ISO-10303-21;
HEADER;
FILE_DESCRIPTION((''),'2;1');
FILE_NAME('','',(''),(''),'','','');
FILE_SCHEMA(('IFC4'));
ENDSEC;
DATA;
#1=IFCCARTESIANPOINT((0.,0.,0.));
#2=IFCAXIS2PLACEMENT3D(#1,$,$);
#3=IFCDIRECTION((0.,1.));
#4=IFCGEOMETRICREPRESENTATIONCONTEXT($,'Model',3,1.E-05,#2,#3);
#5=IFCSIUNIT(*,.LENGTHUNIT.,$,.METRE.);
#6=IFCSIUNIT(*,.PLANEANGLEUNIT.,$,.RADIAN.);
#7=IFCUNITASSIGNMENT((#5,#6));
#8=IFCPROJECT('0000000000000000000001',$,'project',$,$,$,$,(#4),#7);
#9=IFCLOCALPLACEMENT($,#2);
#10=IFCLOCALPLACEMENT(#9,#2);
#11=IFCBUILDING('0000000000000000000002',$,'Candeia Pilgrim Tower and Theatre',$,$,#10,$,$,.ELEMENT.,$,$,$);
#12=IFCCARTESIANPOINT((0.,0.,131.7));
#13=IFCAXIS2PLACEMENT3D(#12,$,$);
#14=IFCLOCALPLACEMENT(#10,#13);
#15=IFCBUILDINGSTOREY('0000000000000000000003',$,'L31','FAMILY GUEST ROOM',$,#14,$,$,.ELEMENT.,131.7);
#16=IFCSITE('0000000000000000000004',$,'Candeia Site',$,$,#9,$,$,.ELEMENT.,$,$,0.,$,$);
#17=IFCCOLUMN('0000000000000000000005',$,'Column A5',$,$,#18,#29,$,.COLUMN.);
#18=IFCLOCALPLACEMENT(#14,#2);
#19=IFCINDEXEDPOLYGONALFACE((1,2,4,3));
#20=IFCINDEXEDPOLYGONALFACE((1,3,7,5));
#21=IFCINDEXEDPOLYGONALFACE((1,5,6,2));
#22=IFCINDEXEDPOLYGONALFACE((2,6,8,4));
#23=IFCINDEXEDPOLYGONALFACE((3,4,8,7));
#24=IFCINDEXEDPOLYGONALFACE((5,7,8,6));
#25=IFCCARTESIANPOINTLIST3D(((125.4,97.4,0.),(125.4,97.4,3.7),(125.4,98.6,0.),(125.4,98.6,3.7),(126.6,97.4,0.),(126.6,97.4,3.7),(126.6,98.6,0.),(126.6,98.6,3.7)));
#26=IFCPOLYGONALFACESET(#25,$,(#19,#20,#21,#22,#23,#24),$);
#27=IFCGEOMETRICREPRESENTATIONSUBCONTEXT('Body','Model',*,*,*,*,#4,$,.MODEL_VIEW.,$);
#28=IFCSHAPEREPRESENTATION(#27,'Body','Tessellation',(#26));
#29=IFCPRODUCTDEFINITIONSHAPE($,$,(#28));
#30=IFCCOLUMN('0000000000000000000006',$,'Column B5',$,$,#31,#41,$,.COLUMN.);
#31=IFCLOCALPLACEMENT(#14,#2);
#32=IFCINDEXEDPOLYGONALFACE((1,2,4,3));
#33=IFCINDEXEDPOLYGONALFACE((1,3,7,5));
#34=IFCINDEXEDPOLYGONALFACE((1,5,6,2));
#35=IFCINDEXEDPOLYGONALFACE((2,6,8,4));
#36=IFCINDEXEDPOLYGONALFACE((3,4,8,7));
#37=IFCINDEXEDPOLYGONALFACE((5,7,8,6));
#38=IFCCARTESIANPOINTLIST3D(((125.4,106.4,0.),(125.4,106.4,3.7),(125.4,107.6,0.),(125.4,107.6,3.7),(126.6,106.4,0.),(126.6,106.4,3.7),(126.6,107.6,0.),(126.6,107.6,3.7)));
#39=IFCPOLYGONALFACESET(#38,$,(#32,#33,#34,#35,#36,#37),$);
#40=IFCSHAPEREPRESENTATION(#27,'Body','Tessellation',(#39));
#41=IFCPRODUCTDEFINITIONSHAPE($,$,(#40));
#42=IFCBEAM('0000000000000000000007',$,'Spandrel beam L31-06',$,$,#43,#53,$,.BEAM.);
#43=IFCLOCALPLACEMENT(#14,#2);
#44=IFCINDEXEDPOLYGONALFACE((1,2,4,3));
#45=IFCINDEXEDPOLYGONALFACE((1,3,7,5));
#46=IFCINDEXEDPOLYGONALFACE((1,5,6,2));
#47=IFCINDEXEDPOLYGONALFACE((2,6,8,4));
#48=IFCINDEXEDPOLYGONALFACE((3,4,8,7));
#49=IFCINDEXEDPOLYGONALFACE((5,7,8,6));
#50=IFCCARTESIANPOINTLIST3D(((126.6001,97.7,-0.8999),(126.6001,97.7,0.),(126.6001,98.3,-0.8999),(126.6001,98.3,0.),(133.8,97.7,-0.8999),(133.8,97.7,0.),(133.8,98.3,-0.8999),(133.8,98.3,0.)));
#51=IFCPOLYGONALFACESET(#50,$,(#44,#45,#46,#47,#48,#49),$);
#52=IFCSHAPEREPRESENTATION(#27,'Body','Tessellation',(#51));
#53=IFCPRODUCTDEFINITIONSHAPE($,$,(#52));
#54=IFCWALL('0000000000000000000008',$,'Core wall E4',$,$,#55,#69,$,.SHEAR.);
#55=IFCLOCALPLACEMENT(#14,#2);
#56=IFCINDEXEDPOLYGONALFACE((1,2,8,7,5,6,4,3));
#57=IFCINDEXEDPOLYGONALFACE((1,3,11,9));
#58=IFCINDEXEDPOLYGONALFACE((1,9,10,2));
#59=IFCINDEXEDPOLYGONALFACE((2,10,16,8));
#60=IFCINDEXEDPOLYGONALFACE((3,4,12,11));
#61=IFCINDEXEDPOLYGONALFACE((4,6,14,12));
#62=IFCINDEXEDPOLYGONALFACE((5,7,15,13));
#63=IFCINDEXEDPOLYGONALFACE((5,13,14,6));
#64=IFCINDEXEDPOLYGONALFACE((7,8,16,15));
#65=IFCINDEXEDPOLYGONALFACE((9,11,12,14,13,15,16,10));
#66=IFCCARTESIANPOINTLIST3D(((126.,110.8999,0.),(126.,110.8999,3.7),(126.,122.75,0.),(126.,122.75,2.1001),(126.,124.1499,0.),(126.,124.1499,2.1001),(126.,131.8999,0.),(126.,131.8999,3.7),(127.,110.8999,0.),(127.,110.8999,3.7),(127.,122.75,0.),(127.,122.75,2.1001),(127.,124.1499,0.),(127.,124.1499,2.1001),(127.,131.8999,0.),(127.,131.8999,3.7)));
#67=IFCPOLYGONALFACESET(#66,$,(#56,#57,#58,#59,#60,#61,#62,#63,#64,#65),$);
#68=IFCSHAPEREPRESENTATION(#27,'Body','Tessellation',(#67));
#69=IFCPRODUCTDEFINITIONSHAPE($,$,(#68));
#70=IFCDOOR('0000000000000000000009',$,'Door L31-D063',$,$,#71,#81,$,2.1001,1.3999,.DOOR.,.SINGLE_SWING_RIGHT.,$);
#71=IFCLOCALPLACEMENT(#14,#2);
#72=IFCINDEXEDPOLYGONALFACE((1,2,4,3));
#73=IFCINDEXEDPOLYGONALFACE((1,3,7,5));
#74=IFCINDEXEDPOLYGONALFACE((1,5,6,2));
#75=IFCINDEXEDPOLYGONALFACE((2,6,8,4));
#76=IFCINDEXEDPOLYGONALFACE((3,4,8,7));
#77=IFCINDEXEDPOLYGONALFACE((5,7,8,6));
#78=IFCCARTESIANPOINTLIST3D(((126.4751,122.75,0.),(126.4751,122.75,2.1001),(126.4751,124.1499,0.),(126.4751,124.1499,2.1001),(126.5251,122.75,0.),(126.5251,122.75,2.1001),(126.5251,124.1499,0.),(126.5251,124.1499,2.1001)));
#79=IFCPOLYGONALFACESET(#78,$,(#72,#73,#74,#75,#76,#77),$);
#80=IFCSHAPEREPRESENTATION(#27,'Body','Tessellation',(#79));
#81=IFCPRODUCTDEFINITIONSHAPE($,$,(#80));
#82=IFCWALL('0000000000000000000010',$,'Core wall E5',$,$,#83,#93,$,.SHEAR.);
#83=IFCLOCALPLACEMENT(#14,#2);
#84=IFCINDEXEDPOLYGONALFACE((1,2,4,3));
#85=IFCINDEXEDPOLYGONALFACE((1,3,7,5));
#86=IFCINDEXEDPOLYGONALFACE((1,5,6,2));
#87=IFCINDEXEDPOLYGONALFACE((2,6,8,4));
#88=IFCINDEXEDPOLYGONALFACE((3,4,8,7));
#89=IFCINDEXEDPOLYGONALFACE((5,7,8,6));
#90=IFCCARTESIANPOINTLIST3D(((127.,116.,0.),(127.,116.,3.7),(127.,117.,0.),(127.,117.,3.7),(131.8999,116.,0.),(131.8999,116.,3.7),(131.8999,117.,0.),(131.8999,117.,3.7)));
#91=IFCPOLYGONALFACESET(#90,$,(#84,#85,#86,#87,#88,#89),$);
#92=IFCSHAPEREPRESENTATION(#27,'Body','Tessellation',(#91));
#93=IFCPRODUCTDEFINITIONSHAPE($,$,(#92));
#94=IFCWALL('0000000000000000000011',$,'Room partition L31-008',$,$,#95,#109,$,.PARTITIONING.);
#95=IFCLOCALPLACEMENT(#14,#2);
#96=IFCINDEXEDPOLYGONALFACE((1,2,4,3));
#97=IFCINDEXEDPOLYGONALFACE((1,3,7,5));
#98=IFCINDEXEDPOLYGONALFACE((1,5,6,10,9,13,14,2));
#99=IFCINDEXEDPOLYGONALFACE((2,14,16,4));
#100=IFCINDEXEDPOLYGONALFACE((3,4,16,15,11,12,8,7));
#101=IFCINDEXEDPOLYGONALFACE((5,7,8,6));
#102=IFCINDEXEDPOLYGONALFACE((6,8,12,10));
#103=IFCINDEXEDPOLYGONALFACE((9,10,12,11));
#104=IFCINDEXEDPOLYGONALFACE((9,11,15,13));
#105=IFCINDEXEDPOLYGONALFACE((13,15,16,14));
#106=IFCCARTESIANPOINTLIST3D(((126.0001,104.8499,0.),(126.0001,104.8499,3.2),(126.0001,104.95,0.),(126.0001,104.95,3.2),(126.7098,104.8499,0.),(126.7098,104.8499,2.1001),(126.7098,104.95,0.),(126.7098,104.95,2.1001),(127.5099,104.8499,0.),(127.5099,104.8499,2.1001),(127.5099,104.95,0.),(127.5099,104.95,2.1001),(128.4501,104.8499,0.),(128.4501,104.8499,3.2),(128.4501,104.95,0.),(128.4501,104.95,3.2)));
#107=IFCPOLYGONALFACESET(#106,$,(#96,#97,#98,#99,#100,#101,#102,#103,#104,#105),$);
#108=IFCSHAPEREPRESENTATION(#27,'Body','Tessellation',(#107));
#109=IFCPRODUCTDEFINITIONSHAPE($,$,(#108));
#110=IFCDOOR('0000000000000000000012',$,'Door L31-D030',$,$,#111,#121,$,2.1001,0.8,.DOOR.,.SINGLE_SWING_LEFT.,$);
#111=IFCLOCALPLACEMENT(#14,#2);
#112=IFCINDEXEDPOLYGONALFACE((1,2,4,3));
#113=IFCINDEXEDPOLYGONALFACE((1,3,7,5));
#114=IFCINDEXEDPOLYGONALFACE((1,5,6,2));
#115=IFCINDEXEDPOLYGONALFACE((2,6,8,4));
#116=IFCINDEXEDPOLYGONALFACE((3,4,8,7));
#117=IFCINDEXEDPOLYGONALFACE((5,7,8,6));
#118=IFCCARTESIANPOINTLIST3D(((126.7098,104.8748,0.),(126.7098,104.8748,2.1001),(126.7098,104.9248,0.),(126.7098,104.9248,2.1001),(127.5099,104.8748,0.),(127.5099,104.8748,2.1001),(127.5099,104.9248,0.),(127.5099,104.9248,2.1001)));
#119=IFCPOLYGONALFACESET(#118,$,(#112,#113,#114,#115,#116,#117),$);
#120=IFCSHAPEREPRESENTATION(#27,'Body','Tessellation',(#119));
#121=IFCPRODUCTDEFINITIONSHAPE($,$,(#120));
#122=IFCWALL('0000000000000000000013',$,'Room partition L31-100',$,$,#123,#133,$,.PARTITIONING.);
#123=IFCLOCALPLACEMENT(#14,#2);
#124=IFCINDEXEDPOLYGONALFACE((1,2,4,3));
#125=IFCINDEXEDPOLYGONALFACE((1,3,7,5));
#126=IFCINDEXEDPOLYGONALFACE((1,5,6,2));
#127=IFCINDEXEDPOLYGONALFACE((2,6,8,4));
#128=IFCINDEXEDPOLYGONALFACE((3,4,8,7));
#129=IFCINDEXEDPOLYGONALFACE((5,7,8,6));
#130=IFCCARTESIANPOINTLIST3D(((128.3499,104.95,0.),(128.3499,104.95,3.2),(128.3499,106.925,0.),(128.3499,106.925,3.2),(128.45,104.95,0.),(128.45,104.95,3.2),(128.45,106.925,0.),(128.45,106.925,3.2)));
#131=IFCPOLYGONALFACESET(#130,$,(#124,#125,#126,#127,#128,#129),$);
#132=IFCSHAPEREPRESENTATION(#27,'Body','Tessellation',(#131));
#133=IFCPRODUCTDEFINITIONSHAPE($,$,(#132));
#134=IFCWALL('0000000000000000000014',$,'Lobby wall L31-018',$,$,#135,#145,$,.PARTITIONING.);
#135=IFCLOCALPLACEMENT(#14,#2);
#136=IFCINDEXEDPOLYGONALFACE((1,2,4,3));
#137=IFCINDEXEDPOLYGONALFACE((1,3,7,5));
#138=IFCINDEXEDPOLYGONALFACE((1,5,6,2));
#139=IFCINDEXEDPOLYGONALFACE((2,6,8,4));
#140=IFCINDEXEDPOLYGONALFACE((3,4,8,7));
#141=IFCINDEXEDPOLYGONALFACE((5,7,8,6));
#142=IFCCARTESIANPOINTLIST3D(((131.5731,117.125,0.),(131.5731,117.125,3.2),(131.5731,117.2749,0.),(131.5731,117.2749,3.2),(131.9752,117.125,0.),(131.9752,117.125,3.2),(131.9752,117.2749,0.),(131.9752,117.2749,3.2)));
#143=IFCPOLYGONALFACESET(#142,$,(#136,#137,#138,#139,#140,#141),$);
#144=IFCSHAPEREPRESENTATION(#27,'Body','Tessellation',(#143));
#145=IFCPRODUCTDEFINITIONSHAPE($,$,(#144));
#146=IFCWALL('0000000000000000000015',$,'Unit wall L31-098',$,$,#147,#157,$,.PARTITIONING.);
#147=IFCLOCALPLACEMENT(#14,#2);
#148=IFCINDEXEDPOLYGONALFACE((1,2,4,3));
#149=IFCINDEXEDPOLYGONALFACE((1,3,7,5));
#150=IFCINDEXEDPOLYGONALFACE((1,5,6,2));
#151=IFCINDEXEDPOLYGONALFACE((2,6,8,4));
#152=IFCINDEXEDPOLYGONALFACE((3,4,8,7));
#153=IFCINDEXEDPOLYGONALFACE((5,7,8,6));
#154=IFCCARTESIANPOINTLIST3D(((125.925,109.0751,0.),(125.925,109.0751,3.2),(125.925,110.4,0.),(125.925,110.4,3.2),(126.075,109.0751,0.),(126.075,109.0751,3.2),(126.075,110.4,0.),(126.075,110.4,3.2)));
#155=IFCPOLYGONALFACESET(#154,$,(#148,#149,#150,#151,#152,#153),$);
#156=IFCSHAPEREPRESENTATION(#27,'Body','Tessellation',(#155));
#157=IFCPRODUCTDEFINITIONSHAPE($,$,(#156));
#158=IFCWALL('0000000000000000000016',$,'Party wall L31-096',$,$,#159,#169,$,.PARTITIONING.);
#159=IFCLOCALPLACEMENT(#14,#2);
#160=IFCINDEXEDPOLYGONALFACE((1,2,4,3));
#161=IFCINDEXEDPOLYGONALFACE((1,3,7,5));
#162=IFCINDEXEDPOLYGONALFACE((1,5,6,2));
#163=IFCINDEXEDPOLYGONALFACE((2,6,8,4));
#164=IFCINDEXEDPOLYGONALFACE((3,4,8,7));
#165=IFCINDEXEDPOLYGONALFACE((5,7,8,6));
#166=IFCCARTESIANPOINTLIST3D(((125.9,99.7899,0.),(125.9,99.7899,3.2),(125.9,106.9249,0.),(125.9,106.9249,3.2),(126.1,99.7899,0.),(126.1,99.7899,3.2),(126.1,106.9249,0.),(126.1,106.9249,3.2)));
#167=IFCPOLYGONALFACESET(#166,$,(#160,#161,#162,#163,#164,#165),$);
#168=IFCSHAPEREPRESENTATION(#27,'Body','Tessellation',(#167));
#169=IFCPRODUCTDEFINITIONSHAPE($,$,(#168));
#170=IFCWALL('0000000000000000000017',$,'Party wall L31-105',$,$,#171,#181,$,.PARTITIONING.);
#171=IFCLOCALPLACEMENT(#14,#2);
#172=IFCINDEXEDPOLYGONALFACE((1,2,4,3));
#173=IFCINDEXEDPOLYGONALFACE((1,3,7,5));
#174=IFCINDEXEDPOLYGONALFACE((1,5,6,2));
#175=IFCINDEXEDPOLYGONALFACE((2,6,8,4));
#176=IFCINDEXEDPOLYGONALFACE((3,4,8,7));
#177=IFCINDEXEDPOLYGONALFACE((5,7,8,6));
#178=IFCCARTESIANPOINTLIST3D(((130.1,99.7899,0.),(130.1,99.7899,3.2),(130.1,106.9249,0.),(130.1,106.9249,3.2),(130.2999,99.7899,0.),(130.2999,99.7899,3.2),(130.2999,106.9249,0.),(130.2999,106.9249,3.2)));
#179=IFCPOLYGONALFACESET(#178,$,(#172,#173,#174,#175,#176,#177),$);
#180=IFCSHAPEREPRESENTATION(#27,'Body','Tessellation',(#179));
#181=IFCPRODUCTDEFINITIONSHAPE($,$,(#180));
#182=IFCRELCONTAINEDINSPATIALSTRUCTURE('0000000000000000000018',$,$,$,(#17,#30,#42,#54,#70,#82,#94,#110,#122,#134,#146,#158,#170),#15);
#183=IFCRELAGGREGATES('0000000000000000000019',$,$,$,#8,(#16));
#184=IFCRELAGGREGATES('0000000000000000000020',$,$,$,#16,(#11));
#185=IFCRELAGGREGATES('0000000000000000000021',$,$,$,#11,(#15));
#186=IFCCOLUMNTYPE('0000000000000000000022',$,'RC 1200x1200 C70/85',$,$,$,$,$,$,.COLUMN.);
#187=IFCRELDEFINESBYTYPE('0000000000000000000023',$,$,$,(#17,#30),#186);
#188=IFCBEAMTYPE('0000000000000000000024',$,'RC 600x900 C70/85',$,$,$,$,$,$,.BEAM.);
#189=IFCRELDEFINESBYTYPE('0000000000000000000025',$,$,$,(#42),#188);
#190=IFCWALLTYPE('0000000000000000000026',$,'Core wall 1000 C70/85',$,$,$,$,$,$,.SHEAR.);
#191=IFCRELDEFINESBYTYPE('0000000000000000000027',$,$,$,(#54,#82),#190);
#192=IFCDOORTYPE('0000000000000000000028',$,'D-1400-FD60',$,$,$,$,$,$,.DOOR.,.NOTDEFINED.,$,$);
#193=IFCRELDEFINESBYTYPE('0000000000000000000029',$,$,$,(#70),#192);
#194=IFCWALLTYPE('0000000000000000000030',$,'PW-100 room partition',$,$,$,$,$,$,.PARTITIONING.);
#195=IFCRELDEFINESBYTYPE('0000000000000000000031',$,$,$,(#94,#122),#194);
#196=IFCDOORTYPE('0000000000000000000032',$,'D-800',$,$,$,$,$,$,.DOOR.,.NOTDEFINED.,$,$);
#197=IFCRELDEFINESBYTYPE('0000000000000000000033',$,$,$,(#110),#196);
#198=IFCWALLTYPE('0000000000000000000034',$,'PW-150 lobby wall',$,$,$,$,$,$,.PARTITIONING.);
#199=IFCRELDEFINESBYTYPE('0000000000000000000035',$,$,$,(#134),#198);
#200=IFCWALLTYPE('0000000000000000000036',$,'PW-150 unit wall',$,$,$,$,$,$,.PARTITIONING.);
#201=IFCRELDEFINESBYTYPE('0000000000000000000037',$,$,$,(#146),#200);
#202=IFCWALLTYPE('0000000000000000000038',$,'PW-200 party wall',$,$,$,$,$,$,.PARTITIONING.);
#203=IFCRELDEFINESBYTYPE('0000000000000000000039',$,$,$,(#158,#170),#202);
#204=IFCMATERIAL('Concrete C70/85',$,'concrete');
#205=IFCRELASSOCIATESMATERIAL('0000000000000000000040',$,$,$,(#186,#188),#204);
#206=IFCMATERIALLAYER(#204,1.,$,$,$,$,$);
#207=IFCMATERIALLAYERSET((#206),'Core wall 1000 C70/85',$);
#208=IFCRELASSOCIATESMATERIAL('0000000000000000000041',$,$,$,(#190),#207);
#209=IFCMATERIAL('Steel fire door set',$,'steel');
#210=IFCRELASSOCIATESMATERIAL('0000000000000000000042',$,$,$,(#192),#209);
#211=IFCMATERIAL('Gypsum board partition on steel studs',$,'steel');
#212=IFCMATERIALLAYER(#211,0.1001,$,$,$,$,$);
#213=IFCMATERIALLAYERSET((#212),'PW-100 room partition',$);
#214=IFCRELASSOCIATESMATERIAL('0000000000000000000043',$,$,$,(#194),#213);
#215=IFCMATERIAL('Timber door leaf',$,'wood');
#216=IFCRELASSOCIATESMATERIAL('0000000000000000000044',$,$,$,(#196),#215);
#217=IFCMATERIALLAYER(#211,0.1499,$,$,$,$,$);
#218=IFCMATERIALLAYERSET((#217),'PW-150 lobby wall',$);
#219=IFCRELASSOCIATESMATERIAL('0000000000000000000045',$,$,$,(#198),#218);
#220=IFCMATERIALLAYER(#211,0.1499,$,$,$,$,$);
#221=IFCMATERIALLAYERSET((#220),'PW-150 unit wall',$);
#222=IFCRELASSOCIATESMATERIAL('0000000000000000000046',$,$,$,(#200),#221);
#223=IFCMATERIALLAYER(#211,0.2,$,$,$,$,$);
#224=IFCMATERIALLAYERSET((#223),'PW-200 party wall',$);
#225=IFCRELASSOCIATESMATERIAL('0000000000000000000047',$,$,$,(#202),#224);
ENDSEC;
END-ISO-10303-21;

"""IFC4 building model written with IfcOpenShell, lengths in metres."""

from ifc_helpers import new_model, si_unit, direction, frame, frame_2d, origin, origin_2d, place, context, subcontext, project, spatial, rectangle, extrude, material, layer, layer_set, material_profile, profile_set, type_object, element, fill, save


model = new_model("IFC4")

# Units and contexts
model_context = context("Model", 3, precision=1e-05, world=origin(), true_north=direction((0.0, 1.0)))
body_context = subcontext(model_context, "Body", "Model", "MODEL_VIEW")
ifc_project = project(units=[si_unit("LENGTHUNIT", "METRE"), si_unit("PLANEANGLEUNIT", "RADIAN")], contexts=[model_context])

# Site, building, storey
site_placement = place(None, origin())
site = spatial("IfcSite", under=ifc_project, at=site_placement, Name="Candeia Site", CompositionType="ELEMENT", RefElevation=0.0)
building_placement = place(site_placement, origin())
building = spatial("IfcBuilding", under=site, at=building_placement, Name="Candeia Pilgrim Tower and Theatre", CompositionType="ELEMENT")
storey_placement = place(building_placement, frame((0.0, 0.0, 131.7)))
storey = spatial("IfcBuildingStorey", under=building, at=storey_placement, Name="L31", Description="FAMILY GUEST ROOM", CompositionType="ELEMENT", Elevation=131.7)

# Columns
ifc_material_1 = material(Name="Concrete C70/85", Category="concrete")
ifc_material_profile_1 = material_profile(ifc_material_1, rectangle(XDim=1.2, YDim=1.2, at=origin_2d()))
ifc_profile_set_1 = profile_set([ifc_material_profile_1], Name="Concrete C70/85")
column_type = type_object("IfcColumnType", Name="RC 1200x1200 C70/85", PredefinedType="COLUMN", material=ifc_profile_set_1)
for number, where, z_axis, x_axis, name in (
    (1, (126.0, 98.0, 0.0), (0.0, 0.0, 1.0), (1.0, 0.0, 0.0), "Column A5"),
    (2, (126.0, 107.0, 0.0), (0.0, 0.0, 1.0), (1.0, 0.0, 0.0), "Column B5"),
):
    element("IfcColumn", number, at=place(storey_placement, frame(where, z_axis=z_axis, x_axis=x_axis)), inside=storey, type_object=column_type, Name=name, PredefinedType="COLUMN", context=body_context, shape_type="SweptSolid", body=[
        extrude(rectangle(XDim=1.2, YDim=1.2, at=origin_2d()), origin(), (0.0, 0.0, 1.0), 3.7),
    ])

# Beam
ifc_material_profile_2 = material_profile(ifc_material_1, rectangle(XDim=0.6001, YDim=0.8999, at=origin_2d()))
ifc_profile_set_2 = profile_set([ifc_material_profile_2], Name="Concrete C70/85")
beam_type = type_object("IfcBeamType", Name="RC 600x900 C70/85", PredefinedType="BEAM", material=ifc_profile_set_2)
beam_placement = place(storey_placement, frame((126.6001, 98.0, -0.45), z_axis=(1.0, 0.0, 0.0), x_axis=(0.0, 1.0, 0.0)))
element("IfcBeam", 3, at=beam_placement, inside=storey, type_object=beam_type, Name="Spandrel beam L31-06", PredefinedType="BEAM", context=body_context, shape_type="SweptSolid", body=[
    extrude(rectangle(XDim=0.6001, YDim=0.8999, at=origin_2d()), origin(), (0.0, 0.0, 1.0), 7.2),
])

# Wall, opening, door
ifc_layer_1 = layer(ifc_material_1, 1.0)
ifc_layer_set_1 = layer_set([ifc_layer_1], Name="Core wall 1000 C70/85")
wall_type_1 = type_object("IfcWallType", Name="Core wall 1000 C70/85", PredefinedType="SHEAR", material=ifc_layer_set_1)
wall_1_placement = place(storey_placement, frame((126.5, 110.8999, 0.0), z_axis=(0.0, 0.0, 1.0), x_axis=(0.0, 1.0, 0.0)))
wall_1 = element("IfcWall", 4, at=wall_1_placement, inside=storey, type_object=wall_type_1, Name="Core wall E4", PredefinedType="SHEAR", context=body_context, shape_type="SweptSolid", body=[
    extrude(rectangle(XDim=21.0, YDim=1.0, at=frame_2d((10.5, 0.0))), origin(), (0.0, 0.0, 1.0), 3.7),
])
opening_1_placement = place(wall_1_placement, frame((11.8501, 0.0, 0.0)))
opening_1 = element("IfcOpeningElement", 5, at=opening_1_placement, cuts=wall_1, PredefinedType="OPENING", context=body_context, shape_type="SweptSolid", body=[
    extrude(rectangle(XDim=1.3999, YDim=2.1001, at=frame_2d((0.7, 1.05))), frame((0.0, 0.51, 0.0), z_axis=(0.0, -1.0, 0.0), x_axis=(1.0, 0.0, 0.0)), (0.0, 0.0, 1.0), 1.02),
])
ifc_material_2 = material(Name="Steel fire door set", Category="steel")
door_type_1 = type_object("IfcDoorType", Name="D-1400-FD60", OperationType="NOTDEFINED", PredefinedType="DOOR", material=ifc_material_2)
door_1_placement = place(opening_1_placement, origin())
door_1 = element("IfcDoor", 6, at=door_1_placement, inside=storey, type_object=door_type_1, Name="Door L31-D063", OperationType="SINGLE_SWING_RIGHT", OverallHeight=2.1001, OverallWidth=1.3999, PredefinedType="DOOR", context=body_context, shape_type="SweptSolid", body=[
    extrude(rectangle(XDim=1.3999, YDim=2.1001, at=frame_2d((0.7, 1.05))), frame((0.0, 0.0249, 0.0), z_axis=(0.0, -1.0, 0.0), x_axis=(1.0, 0.0, 0.0)), (0.0, 0.0, 1.0), 0.05),
])
fill(opening_1, door_1)

# Wall
wall_2_placement = place(storey_placement, frame((127.0, 116.5, 0.0), z_axis=(0.0, 0.0, 1.0), x_axis=(1.0, 0.0, 0.0)))
element("IfcWall", 7, at=wall_2_placement, inside=storey, type_object=wall_type_1, Name="Core wall E5", PredefinedType="SHEAR", context=body_context, shape_type="SweptSolid", body=[
    extrude(rectangle(XDim=4.8999, YDim=1.0, at=frame_2d((2.45, 0.0))), origin(), (0.0, 0.0, 1.0), 3.7),
])

# Wall, opening, door
ifc_material_3 = material(Name="Gypsum board partition on steel studs", Category="steel")
ifc_layer_2 = layer(ifc_material_3, 0.1001)
ifc_layer_set_2 = layer_set([ifc_layer_2], Name="PW-100 room partition")
wall_type_2 = type_object("IfcWallType", Name="PW-100 room partition", PredefinedType="PARTITIONING", material=ifc_layer_set_2)
wall_3_placement = place(storey_placement, frame((126.0, 104.8999, 0.0), z_axis=(0.0, 0.0, 1.0), x_axis=(1.0, 0.0, 0.0)))
wall_3 = element("IfcWall", 8, at=wall_3_placement, inside=storey, type_object=wall_type_2, Name="Room partition L31-008", PredefinedType="PARTITIONING", context=body_context, shape_type="SweptSolid", body=[
    extrude(rectangle(XDim=2.45, YDim=0.1001, at=frame_2d((1.2251, 0.0))), origin(), (0.0, 0.0, 1.0), 3.2),
])
opening_2_placement = place(wall_3_placement, frame((0.71, 0.0, 0.0)))
opening_2 = element("IfcOpeningElement", 9, at=opening_2_placement, cuts=wall_3, PredefinedType="OPENING", context=body_context, shape_type="SweptSolid", body=[
    extrude(rectangle(XDim=0.8, YDim=2.1001, at=frame_2d((0.3999, 1.05))), frame((0.0, 0.0601, 0.0), z_axis=(0.0, -1.0, 0.0), x_axis=(1.0, 0.0, 0.0)), (0.0, 0.0, 1.0), 0.1201),
])
ifc_material_4 = material(Name="Timber door leaf", Category="wood")
door_type_2 = type_object("IfcDoorType", Name="D-800", OperationType="NOTDEFINED", PredefinedType="DOOR", material=ifc_material_4)
door_2_placement = place(opening_2_placement, origin())
door_2 = element("IfcDoor", 10, at=door_2_placement, inside=storey, type_object=door_type_2, Name="Door L31-D030", OperationType="SINGLE_SWING_LEFT", OverallHeight=2.1001, OverallWidth=0.8, PredefinedType="DOOR", context=body_context, shape_type="SweptSolid", body=[
    extrude(rectangle(XDim=0.8, YDim=2.1001, at=frame_2d((0.3999, 1.05))), frame((0.0, 0.0249, 0.0), z_axis=(0.0, -1.0, 0.0), x_axis=(1.0, 0.0, 0.0)), (0.0, 0.0, 1.0), 0.05),
])
fill(opening_2, door_2)

# Walls
wall_4_placement = place(storey_placement, frame((128.3999, 104.95, 0.0), z_axis=(0.0, 0.0, 1.0), x_axis=(0.0, 1.0, 0.0)))
element("IfcWall", 11, at=wall_4_placement, inside=storey, type_object=wall_type_2, Name="Room partition L31-100", PredefinedType="PARTITIONING", context=body_context, shape_type="SweptSolid", body=[
    extrude(rectangle(XDim=1.9751, YDim=0.1001, at=frame_2d((0.9875, 0.0))), origin(), (0.0, 0.0, 1.0), 3.2),
])
ifc_layer_3 = layer(ifc_material_3, 0.1499)
ifc_layer_set_3 = layer_set([ifc_layer_3], Name="PW-150 lobby wall")
wall_type_3 = type_object("IfcWallType", Name="PW-150 lobby wall", PredefinedType="PARTITIONING", material=ifc_layer_set_3)
wall_5_placement = place(storey_placement, frame((131.573, 117.2, 0.0), z_axis=(0.0, 0.0, 1.0), x_axis=(1.0, 0.0, 0.0)))
element("IfcWall", 12, at=wall_5_placement, inside=storey, type_object=wall_type_3, Name="Lobby wall L31-018", PredefinedType="PARTITIONING", context=body_context, shape_type="SweptSolid", body=[
    extrude(rectangle(XDim=0.4021, YDim=0.1499, at=frame_2d((0.2012, 0.0))), origin(), (0.0, 0.0, 1.0), 3.2),
])
ifc_layer_4 = layer(ifc_material_3, 0.1499)
ifc_layer_set_4 = layer_set([ifc_layer_4], Name="PW-150 unit wall")
wall_type_4 = type_object("IfcWallType", Name="PW-150 unit wall", PredefinedType="PARTITIONING", material=ifc_layer_set_4)
wall_6_placement = place(storey_placement, frame((126.0, 109.075, 0.0), z_axis=(0.0, 0.0, 1.0), x_axis=(0.0, 1.0, 0.0)))
element("IfcWall", 13, at=wall_6_placement, inside=storey, type_object=wall_type_4, Name="Unit wall L31-098", PredefinedType="PARTITIONING", context=body_context, shape_type="SweptSolid", body=[
    extrude(rectangle(XDim=1.325, YDim=0.1499, at=frame_2d((0.6626, 0.0))), origin(), (0.0, 0.0, 1.0), 3.2),
])
ifc_layer_5 = layer(ifc_material_3, 0.2)
ifc_layer_set_5 = layer_set([ifc_layer_5], Name="PW-200 party wall")
wall_type_5 = type_object("IfcWallType", Name="PW-200 party wall", PredefinedType="PARTITIONING", material=ifc_layer_set_5)
for number, where, z_axis, x_axis, name in (
    (14, (126.0, 99.79, 0.0), (0.0, 0.0, 1.0), (0.0, 1.0, 0.0), "Party wall L31-096"),
    (15, (130.2, 99.79, 0.0), (0.0, 0.0, 1.0), (0.0, 1.0, 0.0), "Party wall L31-105"),
):
    element("IfcWall", number, at=place(storey_placement, frame(where, z_axis=z_axis, x_axis=x_axis)), inside=storey, type_object=wall_type_5, Name=name, PredefinedType="PARTITIONING", context=body_context, shape_type="SweptSolid", body=[
        extrude(rectangle(XDim=7.135, YDim=0.2, at=frame_2d((3.5674, 0.0))), origin(), (0.0, 0.0, 1.0), 3.2),
    ])

save(model, "model.ifc")
